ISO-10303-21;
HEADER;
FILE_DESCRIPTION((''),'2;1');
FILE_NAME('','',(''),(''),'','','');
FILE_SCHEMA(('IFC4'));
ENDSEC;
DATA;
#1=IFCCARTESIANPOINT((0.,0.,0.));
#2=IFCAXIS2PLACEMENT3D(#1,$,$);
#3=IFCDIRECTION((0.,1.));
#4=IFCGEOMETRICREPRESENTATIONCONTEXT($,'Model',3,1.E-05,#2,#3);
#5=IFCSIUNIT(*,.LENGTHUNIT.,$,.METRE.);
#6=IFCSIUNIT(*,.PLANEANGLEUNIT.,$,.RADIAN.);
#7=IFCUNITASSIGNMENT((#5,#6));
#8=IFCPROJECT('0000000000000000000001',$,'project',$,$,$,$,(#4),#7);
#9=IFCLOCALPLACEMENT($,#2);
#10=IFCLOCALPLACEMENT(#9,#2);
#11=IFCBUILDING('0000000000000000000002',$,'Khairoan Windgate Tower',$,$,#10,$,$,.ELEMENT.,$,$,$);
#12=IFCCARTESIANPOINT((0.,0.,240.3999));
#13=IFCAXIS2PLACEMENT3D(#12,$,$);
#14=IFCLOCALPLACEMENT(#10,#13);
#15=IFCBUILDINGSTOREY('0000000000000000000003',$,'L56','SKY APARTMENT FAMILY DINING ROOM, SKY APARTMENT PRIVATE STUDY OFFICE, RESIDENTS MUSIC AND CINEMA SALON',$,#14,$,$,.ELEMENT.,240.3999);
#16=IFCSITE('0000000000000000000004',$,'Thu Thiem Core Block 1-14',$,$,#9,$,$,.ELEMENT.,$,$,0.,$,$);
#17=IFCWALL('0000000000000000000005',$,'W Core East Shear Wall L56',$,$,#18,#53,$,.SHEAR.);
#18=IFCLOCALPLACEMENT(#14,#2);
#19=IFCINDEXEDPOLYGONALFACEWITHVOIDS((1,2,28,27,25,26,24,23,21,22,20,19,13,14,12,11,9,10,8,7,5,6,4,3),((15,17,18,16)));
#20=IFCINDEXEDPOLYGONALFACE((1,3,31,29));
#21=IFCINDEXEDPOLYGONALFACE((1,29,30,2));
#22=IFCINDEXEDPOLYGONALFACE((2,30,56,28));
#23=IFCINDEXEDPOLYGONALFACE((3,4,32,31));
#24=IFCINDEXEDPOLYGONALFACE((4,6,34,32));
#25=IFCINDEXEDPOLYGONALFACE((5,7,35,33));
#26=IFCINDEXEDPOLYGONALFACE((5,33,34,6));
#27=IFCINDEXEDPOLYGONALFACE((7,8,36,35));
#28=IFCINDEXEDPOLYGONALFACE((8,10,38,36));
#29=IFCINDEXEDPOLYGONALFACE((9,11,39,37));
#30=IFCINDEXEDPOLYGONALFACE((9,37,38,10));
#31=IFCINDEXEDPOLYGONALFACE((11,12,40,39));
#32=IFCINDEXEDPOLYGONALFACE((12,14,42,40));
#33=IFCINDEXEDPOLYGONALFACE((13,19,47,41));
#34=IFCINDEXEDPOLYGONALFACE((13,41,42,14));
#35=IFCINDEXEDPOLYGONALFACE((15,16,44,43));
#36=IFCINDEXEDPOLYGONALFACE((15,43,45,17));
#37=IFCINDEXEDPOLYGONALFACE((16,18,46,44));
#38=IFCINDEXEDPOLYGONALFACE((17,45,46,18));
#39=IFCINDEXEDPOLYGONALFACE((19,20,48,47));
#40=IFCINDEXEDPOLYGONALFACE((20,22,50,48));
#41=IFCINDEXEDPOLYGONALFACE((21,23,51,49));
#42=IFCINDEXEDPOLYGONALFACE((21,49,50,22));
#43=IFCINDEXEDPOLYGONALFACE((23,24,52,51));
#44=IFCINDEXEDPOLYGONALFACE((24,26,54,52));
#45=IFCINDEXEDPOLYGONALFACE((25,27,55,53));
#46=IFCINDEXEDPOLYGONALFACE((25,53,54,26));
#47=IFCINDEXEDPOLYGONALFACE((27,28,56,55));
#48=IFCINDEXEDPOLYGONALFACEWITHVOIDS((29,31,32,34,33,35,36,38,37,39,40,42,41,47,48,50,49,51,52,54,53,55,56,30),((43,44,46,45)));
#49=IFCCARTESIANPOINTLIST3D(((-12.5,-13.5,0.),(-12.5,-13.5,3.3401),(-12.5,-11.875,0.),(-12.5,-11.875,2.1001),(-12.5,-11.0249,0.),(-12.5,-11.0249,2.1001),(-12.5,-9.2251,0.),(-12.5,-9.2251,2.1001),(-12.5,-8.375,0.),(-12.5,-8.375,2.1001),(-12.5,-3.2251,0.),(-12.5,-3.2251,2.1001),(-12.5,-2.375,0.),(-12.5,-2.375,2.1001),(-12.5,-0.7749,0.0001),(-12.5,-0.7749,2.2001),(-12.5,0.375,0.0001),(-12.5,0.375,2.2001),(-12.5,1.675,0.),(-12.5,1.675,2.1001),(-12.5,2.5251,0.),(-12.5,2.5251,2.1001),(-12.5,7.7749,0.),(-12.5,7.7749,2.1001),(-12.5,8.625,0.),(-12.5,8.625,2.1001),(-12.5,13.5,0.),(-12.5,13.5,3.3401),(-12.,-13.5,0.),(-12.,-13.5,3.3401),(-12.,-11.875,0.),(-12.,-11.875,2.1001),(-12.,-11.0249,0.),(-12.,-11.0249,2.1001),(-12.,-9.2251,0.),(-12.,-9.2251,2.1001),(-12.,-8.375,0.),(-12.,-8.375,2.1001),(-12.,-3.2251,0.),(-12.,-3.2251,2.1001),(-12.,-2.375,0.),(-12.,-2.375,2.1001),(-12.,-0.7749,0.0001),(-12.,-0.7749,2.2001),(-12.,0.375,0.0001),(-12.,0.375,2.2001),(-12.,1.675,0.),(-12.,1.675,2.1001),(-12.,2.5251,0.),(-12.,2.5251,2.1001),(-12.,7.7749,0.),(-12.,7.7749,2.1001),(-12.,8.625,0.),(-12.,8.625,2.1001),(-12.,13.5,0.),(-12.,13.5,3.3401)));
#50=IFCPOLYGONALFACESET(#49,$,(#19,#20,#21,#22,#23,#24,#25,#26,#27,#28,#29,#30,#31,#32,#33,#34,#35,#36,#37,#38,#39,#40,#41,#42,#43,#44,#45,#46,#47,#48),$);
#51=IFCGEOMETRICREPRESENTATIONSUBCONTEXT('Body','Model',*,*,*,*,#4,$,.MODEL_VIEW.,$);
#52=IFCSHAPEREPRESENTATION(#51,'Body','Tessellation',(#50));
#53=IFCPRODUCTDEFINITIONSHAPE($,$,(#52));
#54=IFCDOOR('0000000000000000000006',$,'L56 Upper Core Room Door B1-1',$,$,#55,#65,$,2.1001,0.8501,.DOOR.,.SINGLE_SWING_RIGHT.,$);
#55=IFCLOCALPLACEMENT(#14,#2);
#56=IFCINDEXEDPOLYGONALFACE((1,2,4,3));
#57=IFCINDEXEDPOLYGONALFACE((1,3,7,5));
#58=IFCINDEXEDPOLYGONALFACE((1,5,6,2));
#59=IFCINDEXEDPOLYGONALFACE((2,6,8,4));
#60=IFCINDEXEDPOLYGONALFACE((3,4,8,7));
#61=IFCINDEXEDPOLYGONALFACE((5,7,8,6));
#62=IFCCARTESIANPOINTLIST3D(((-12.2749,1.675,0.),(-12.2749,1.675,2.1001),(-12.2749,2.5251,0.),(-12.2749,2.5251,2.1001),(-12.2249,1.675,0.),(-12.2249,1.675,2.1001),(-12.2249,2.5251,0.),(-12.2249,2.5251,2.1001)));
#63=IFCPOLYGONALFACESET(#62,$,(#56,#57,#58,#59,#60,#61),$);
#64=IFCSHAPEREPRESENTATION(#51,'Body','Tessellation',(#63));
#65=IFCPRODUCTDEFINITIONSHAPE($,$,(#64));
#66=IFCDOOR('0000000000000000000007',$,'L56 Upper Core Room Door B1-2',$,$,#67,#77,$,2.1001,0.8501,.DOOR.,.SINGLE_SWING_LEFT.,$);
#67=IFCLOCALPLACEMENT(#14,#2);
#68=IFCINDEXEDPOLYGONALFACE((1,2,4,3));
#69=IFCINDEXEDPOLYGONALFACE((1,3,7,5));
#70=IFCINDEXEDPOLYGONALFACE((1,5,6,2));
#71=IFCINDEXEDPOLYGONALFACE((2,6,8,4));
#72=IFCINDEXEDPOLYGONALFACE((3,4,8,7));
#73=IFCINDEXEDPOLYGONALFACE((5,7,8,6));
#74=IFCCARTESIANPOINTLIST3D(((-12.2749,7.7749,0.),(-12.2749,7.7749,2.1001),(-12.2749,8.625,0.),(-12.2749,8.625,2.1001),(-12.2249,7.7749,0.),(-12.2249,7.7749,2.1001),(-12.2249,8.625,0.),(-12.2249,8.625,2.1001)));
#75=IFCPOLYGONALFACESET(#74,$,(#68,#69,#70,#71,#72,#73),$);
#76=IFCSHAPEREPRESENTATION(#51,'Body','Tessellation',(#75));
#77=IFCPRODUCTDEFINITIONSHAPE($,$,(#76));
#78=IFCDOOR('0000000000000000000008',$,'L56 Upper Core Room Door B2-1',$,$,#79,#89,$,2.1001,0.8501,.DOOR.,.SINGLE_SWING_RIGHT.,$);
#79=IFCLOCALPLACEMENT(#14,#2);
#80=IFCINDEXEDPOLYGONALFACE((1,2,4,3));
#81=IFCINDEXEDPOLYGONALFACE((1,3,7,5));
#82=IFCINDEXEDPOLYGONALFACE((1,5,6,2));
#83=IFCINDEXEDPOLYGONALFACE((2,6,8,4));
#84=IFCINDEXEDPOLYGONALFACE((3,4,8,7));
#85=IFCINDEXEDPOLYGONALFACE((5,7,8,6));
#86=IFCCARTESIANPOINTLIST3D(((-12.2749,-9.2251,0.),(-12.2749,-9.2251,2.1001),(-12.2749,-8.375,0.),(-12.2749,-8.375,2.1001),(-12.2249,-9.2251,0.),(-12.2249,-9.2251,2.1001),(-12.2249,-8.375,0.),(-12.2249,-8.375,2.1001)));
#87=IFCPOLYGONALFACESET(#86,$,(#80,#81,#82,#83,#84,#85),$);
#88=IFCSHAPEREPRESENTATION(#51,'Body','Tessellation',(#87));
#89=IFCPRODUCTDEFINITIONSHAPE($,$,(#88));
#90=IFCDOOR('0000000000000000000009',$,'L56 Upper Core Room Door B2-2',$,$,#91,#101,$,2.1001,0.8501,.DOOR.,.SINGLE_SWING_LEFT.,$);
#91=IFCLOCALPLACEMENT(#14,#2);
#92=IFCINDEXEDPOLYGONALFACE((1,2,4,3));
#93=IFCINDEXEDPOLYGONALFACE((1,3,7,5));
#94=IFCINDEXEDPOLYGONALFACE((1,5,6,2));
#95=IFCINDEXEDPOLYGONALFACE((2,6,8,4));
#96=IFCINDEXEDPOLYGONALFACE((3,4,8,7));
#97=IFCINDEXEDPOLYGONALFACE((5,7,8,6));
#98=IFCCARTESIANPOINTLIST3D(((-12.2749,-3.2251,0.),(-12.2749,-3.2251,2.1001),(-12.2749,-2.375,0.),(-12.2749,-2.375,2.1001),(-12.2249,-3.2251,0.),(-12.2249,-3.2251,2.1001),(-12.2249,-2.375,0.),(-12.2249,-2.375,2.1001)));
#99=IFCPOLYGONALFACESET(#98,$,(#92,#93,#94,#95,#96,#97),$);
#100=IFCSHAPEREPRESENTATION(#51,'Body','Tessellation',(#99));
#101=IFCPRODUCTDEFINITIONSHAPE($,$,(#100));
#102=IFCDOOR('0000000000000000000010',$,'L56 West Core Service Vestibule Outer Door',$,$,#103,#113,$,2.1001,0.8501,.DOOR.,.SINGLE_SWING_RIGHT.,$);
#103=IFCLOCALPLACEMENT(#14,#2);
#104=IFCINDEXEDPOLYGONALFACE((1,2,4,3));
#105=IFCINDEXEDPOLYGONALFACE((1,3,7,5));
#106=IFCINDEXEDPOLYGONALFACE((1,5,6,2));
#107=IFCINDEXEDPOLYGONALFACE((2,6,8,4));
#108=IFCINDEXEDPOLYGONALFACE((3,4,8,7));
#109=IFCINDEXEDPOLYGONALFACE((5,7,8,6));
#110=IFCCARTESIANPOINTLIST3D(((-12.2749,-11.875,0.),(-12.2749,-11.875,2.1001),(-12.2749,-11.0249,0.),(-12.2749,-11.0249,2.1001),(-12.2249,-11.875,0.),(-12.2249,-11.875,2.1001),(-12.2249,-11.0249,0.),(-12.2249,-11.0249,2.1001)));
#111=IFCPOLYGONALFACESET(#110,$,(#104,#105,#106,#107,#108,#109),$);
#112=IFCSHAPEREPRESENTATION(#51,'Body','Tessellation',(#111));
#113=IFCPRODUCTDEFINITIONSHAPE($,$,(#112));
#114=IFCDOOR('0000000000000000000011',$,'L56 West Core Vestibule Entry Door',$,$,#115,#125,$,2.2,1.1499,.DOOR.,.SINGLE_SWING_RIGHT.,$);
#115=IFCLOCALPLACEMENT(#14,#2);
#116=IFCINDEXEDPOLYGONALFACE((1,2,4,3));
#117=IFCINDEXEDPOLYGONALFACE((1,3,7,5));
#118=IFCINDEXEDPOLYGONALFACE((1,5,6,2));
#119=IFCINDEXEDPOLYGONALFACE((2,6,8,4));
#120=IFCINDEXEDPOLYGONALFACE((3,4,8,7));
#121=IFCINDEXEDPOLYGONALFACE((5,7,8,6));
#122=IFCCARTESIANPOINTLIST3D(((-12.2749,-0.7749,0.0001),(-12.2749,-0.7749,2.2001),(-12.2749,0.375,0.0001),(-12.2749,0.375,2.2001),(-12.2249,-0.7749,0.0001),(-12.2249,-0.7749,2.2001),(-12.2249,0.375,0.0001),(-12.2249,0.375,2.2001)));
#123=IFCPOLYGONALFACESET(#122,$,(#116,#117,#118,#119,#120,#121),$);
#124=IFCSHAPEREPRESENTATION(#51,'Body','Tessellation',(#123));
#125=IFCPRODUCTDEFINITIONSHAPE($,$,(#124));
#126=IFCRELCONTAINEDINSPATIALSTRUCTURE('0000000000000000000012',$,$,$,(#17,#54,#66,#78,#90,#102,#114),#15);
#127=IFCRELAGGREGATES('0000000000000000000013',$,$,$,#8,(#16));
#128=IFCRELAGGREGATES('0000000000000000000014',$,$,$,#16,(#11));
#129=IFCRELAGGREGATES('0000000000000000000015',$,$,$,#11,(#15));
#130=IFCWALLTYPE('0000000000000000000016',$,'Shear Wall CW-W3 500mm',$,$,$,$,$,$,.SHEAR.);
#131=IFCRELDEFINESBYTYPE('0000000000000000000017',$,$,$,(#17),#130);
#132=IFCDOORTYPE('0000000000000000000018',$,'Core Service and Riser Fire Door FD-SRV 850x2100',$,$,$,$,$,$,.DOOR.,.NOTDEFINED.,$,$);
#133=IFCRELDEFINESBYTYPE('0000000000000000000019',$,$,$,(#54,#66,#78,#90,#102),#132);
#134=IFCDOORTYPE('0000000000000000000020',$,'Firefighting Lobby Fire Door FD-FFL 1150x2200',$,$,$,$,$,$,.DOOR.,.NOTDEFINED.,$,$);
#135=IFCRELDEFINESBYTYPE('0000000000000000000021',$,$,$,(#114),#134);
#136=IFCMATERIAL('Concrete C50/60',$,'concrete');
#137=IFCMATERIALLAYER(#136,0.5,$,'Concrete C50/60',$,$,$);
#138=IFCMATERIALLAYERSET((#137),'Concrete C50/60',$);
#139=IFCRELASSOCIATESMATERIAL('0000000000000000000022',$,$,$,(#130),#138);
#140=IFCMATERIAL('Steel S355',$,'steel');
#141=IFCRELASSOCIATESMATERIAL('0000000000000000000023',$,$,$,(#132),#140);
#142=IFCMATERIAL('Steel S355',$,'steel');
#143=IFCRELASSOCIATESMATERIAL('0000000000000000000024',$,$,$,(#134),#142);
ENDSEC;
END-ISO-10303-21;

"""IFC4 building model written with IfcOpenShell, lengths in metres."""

from ifc_helpers import new_model, si_unit, direction, frame, frame_2d, origin, place, context, subcontext, project, spatial, rectangle, extrude, material, layer, layer_set, type_object, element, fill, save


model = new_model("IFC4")

# Units and contexts
model_context = context("Model", 3, precision=1e-05, world=origin(), true_north=direction((0.0, 1.0)))
body_context = subcontext(model_context, "Body", "Model", "MODEL_VIEW")
ifc_project = project(units=[si_unit("LENGTHUNIT", "METRE"), si_unit("PLANEANGLEUNIT", "RADIAN")], contexts=[model_context])

# Site, building, storey
site_placement = place(None, origin())
site = spatial("IfcSite", under=ifc_project, at=site_placement, Name="Thu Thiem Core Block 1-14", CompositionType="ELEMENT", RefElevation=0.0)
building_placement = place(site_placement, origin())
building = spatial("IfcBuilding", under=site, at=building_placement, Name="Khairoan Windgate Tower", CompositionType="ELEMENT")
storey_placement = place(building_placement, frame((0.0, 0.0, 240.3999)))
storey = spatial("IfcBuildingStorey", under=building, at=storey_placement, Name="L56", Description="SKY APARTMENT FAMILY DINING ROOM, SKY APARTMENT PRIVATE STUDY OFFICE, RESIDENTS MUSIC AND CINEMA SALON", CompositionType="ELEMENT", Elevation=240.3999)

# Wall, openings, doors
ifc_material_1 = material(Name="Concrete C50/60", Category="concrete")
ifc_layer_1 = layer(ifc_material_1, 0.5, Name="Concrete C50/60")
ifc_layer_set_1 = layer_set([ifc_layer_1], Name="Concrete C50/60")
wall_type_1 = type_object("IfcWallType", Name="Shear Wall CW-W3 500mm", PredefinedType="SHEAR", material=ifc_layer_set_1)
wall_1_placement = place(storey_placement, frame((-12.25, -13.5, 0.0), z_axis=(0.0, 0.0, 1.0), x_axis=(0.0, 1.0, 0.0)))
wall_1 = element("IfcWall", 1, at=wall_1_placement, inside=storey, type_object=wall_type_1, Name="W Core East Shear Wall L56", PredefinedType="SHEAR", context=body_context, shape_type="SweptSolid", body=[
    extrude(rectangle(XDim=27.0, YDim=0.5, at=frame_2d((13.5, 0.0))), origin(), (0.0, 0.0, 1.0), 3.3401),
])
opening_1_placement = place(wall_1_placement, frame((15.175, 0.0, 0.0)))
opening_1 = element("IfcOpeningElement", 2, at=opening_1_placement, cuts=wall_1, PredefinedType="OPENING", context=body_context, shape_type="SweptSolid", body=[
    extrude(rectangle(XDim=0.8501, YDim=2.1001, at=frame_2d((0.425, 1.05))), frame((0.0, 0.26, 0.0), z_axis=(0.0, -1.0, 0.0), x_axis=(1.0, 0.0, 0.0)), (0.0, 0.0, 1.0), 0.52),
])
opening_2_placement = place(wall_1_placement, frame((21.2749, 0.0, 0.0)))
opening_2 = element("IfcOpeningElement", 3, at=opening_2_placement, cuts=wall_1, PredefinedType="OPENING", context=body_context, shape_type="SweptSolid", body=[
    extrude(rectangle(XDim=0.8501, YDim=2.1001, at=frame_2d((0.425, 1.05))), frame((0.0, 0.26, 0.0), z_axis=(0.0, -1.0, 0.0), x_axis=(1.0, 0.0, 0.0)), (0.0, 0.0, 1.0), 0.52),
])
opening_3_placement = place(wall_1_placement, frame((4.2749, 0.0, 0.0)))
opening_3 = element("IfcOpeningElement", 4, at=opening_3_placement, cuts=wall_1, PredefinedType="OPENING", context=body_context, shape_type="SweptSolid", body=[
    extrude(rectangle(XDim=0.8501, YDim=2.1001, at=frame_2d((0.425, 1.05))), frame((0.0, 0.26, 0.0), z_axis=(0.0, -1.0, 0.0), x_axis=(1.0, 0.0, 0.0)), (0.0, 0.0, 1.0), 0.52),
])
opening_4_placement = place(wall_1_placement, frame((10.2749, 0.0, 0.0)))
opening_4 = element("IfcOpeningElement", 5, at=opening_4_placement, cuts=wall_1, PredefinedType="OPENING", context=body_context, shape_type="SweptSolid", body=[
    extrude(rectangle(XDim=0.8501, YDim=2.1001, at=frame_2d((0.425, 1.05))), frame((0.0, 0.26, 0.0), z_axis=(0.0, -1.0, 0.0), x_axis=(1.0, 0.0, 0.0)), (0.0, 0.0, 1.0), 0.52),
])
opening_5_placement = place(wall_1_placement, frame((12.7251, 0.0, 0.0)))
opening_5 = element("IfcOpeningElement", 6, at=opening_5_placement, cuts=wall_1, PredefinedType="OPENING", context=body_context, shape_type="SweptSolid", body=[
    extrude(rectangle(XDim=1.1499, YDim=2.2, at=frame_2d((0.575, 1.1001))), frame((0.0, 0.26, 0.0), z_axis=(0.0, -1.0, 0.0), x_axis=(1.0, 0.0, 0.0)), (0.0, 0.0, 1.0), 0.52),
])
opening_6_placement = place(wall_1_placement, frame((1.625, 0.0, 0.0)))
opening_6 = element("IfcOpeningElement", 7, at=opening_6_placement, cuts=wall_1, PredefinedType="OPENING", context=body_context, shape_type="SweptSolid", body=[
    extrude(rectangle(XDim=0.8501, YDim=2.1001, at=frame_2d((0.425, 1.05))), frame((0.0, 0.26, 0.0), z_axis=(0.0, -1.0, 0.0), x_axis=(1.0, 0.0, 0.0)), (0.0, 0.0, 1.0), 0.52),
])
ifc_material_2 = material(Name="Steel S355", Category="steel")
door_type_1 = type_object("IfcDoorType", Name="Core Service and Riser Fire Door FD-SRV 850x2100", OperationType="NOTDEFINED", PredefinedType="DOOR", material=ifc_material_2)
door_1_placement = place(opening_1_placement, origin())
door_1 = element("IfcDoor", 8, at=door_1_placement, inside=storey, type_object=door_type_1, Name="L56 Upper Core Room Door B1-1", OperationType="SINGLE_SWING_RIGHT", OverallHeight=2.1001, OverallWidth=0.8501, PredefinedType="DOOR", context=body_context, shape_type="SweptSolid", body=[
    extrude(rectangle(XDim=0.8501, YDim=2.1001, at=frame_2d((0.425, 1.05))), frame((0.0, 0.0249, 0.0), z_axis=(0.0, -1.0, 0.0), x_axis=(1.0, 0.0, 0.0)), (0.0, 0.0, 1.0), 0.05),
])
fill(opening_1, door_1)
door_2_placement = place(opening_2_placement, origin())
door_2 = element("IfcDoor", 9, at=door_2_placement, inside=storey, type_object=door_type_1, Name="L56 Upper Core Room Door B1-2", OperationType="SINGLE_SWING_LEFT", OverallHeight=2.1001, OverallWidth=0.8501, PredefinedType="DOOR", context=body_context, shape_type="SweptSolid", body=[
    extrude(rectangle(XDim=0.8501, YDim=2.1001, at=frame_2d((0.425, 1.05))), frame((0.0, 0.0249, 0.0), z_axis=(0.0, -1.0, 0.0), x_axis=(1.0, 0.0, 0.0)), (0.0, 0.0, 1.0), 0.05),
])
fill(opening_2, door_2)
door_3_placement = place(opening_3_placement, origin())
door_3 = element("IfcDoor", 10, at=door_3_placement, inside=storey, type_object=door_type_1, Name="L56 Upper Core Room Door B2-1", OperationType="SINGLE_SWING_RIGHT", OverallHeight=2.1001, OverallWidth=0.8501, PredefinedType="DOOR", context=body_context, shape_type="SweptSolid", body=[
    extrude(rectangle(XDim=0.8501, YDim=2.1001, at=frame_2d((0.425, 1.05))), frame((0.0, 0.0249, 0.0), z_axis=(0.0, -1.0, 0.0), x_axis=(1.0, 0.0, 0.0)), (0.0, 0.0, 1.0), 0.05),
])
fill(opening_3, door_3)
door_4_placement = place(opening_4_placement, origin())
door_4 = element("IfcDoor", 11, at=door_4_placement, inside=storey, type_object=door_type_1, Name="L56 Upper Core Room Door B2-2", OperationType="SINGLE_SWING_LEFT", OverallHeight=2.1001, OverallWidth=0.8501, PredefinedType="DOOR", context=body_context, shape_type="SweptSolid", body=[
    extrude(rectangle(XDim=0.8501, YDim=2.1001, at=frame_2d((0.425, 1.05))), frame((0.0, 0.0249, 0.0), z_axis=(0.0, -1.0, 0.0), x_axis=(1.0, 0.0, 0.0)), (0.0, 0.0, 1.0), 0.05),
])
fill(opening_4, door_4)
door_5_placement = place(opening_6_placement, origin())
door_5 = element("IfcDoor", 12, at=door_5_placement, inside=storey, type_object=door_type_1, Name="L56 West Core Service Vestibule Outer Door", OperationType="SINGLE_SWING_RIGHT", OverallHeight=2.1001, OverallWidth=0.8501, PredefinedType="DOOR", context=body_context, shape_type="SweptSolid", body=[
    extrude(rectangle(XDim=0.8501, YDim=2.1001, at=frame_2d((0.425, 1.05))), frame((0.0, 0.0249, 0.0), z_axis=(0.0, -1.0, 0.0), x_axis=(1.0, 0.0, 0.0)), (0.0, 0.0, 1.0), 0.05),
])
fill(opening_6, door_5)
ifc_material_3 = material(Name="Steel S355", Category="steel")
door_type_2 = type_object("IfcDoorType", Name="Firefighting Lobby Fire Door FD-FFL 1150x2200", OperationType="NOTDEFINED", PredefinedType="DOOR", material=ifc_material_3)
door_6_placement = place(opening_5_placement, origin())
door_6 = element("IfcDoor", 13, at=door_6_placement, inside=storey, type_object=door_type_2, Name="L56 West Core Vestibule Entry Door", OperationType="SINGLE_SWING_RIGHT", OverallHeight=2.2, OverallWidth=1.1499, PredefinedType="DOOR", context=body_context, shape_type="SweptSolid", body=[
    extrude(rectangle(XDim=1.1499, YDim=2.2, at=frame_2d((0.575, 1.1001))), frame((0.0, 0.0249, 0.0), z_axis=(0.0, -1.0, 0.0), x_axis=(1.0, 0.0, 0.0)), (0.0, 0.0, 1.0), 0.05),
])
fill(opening_5, door_6)

save(model, "model.ifc")
